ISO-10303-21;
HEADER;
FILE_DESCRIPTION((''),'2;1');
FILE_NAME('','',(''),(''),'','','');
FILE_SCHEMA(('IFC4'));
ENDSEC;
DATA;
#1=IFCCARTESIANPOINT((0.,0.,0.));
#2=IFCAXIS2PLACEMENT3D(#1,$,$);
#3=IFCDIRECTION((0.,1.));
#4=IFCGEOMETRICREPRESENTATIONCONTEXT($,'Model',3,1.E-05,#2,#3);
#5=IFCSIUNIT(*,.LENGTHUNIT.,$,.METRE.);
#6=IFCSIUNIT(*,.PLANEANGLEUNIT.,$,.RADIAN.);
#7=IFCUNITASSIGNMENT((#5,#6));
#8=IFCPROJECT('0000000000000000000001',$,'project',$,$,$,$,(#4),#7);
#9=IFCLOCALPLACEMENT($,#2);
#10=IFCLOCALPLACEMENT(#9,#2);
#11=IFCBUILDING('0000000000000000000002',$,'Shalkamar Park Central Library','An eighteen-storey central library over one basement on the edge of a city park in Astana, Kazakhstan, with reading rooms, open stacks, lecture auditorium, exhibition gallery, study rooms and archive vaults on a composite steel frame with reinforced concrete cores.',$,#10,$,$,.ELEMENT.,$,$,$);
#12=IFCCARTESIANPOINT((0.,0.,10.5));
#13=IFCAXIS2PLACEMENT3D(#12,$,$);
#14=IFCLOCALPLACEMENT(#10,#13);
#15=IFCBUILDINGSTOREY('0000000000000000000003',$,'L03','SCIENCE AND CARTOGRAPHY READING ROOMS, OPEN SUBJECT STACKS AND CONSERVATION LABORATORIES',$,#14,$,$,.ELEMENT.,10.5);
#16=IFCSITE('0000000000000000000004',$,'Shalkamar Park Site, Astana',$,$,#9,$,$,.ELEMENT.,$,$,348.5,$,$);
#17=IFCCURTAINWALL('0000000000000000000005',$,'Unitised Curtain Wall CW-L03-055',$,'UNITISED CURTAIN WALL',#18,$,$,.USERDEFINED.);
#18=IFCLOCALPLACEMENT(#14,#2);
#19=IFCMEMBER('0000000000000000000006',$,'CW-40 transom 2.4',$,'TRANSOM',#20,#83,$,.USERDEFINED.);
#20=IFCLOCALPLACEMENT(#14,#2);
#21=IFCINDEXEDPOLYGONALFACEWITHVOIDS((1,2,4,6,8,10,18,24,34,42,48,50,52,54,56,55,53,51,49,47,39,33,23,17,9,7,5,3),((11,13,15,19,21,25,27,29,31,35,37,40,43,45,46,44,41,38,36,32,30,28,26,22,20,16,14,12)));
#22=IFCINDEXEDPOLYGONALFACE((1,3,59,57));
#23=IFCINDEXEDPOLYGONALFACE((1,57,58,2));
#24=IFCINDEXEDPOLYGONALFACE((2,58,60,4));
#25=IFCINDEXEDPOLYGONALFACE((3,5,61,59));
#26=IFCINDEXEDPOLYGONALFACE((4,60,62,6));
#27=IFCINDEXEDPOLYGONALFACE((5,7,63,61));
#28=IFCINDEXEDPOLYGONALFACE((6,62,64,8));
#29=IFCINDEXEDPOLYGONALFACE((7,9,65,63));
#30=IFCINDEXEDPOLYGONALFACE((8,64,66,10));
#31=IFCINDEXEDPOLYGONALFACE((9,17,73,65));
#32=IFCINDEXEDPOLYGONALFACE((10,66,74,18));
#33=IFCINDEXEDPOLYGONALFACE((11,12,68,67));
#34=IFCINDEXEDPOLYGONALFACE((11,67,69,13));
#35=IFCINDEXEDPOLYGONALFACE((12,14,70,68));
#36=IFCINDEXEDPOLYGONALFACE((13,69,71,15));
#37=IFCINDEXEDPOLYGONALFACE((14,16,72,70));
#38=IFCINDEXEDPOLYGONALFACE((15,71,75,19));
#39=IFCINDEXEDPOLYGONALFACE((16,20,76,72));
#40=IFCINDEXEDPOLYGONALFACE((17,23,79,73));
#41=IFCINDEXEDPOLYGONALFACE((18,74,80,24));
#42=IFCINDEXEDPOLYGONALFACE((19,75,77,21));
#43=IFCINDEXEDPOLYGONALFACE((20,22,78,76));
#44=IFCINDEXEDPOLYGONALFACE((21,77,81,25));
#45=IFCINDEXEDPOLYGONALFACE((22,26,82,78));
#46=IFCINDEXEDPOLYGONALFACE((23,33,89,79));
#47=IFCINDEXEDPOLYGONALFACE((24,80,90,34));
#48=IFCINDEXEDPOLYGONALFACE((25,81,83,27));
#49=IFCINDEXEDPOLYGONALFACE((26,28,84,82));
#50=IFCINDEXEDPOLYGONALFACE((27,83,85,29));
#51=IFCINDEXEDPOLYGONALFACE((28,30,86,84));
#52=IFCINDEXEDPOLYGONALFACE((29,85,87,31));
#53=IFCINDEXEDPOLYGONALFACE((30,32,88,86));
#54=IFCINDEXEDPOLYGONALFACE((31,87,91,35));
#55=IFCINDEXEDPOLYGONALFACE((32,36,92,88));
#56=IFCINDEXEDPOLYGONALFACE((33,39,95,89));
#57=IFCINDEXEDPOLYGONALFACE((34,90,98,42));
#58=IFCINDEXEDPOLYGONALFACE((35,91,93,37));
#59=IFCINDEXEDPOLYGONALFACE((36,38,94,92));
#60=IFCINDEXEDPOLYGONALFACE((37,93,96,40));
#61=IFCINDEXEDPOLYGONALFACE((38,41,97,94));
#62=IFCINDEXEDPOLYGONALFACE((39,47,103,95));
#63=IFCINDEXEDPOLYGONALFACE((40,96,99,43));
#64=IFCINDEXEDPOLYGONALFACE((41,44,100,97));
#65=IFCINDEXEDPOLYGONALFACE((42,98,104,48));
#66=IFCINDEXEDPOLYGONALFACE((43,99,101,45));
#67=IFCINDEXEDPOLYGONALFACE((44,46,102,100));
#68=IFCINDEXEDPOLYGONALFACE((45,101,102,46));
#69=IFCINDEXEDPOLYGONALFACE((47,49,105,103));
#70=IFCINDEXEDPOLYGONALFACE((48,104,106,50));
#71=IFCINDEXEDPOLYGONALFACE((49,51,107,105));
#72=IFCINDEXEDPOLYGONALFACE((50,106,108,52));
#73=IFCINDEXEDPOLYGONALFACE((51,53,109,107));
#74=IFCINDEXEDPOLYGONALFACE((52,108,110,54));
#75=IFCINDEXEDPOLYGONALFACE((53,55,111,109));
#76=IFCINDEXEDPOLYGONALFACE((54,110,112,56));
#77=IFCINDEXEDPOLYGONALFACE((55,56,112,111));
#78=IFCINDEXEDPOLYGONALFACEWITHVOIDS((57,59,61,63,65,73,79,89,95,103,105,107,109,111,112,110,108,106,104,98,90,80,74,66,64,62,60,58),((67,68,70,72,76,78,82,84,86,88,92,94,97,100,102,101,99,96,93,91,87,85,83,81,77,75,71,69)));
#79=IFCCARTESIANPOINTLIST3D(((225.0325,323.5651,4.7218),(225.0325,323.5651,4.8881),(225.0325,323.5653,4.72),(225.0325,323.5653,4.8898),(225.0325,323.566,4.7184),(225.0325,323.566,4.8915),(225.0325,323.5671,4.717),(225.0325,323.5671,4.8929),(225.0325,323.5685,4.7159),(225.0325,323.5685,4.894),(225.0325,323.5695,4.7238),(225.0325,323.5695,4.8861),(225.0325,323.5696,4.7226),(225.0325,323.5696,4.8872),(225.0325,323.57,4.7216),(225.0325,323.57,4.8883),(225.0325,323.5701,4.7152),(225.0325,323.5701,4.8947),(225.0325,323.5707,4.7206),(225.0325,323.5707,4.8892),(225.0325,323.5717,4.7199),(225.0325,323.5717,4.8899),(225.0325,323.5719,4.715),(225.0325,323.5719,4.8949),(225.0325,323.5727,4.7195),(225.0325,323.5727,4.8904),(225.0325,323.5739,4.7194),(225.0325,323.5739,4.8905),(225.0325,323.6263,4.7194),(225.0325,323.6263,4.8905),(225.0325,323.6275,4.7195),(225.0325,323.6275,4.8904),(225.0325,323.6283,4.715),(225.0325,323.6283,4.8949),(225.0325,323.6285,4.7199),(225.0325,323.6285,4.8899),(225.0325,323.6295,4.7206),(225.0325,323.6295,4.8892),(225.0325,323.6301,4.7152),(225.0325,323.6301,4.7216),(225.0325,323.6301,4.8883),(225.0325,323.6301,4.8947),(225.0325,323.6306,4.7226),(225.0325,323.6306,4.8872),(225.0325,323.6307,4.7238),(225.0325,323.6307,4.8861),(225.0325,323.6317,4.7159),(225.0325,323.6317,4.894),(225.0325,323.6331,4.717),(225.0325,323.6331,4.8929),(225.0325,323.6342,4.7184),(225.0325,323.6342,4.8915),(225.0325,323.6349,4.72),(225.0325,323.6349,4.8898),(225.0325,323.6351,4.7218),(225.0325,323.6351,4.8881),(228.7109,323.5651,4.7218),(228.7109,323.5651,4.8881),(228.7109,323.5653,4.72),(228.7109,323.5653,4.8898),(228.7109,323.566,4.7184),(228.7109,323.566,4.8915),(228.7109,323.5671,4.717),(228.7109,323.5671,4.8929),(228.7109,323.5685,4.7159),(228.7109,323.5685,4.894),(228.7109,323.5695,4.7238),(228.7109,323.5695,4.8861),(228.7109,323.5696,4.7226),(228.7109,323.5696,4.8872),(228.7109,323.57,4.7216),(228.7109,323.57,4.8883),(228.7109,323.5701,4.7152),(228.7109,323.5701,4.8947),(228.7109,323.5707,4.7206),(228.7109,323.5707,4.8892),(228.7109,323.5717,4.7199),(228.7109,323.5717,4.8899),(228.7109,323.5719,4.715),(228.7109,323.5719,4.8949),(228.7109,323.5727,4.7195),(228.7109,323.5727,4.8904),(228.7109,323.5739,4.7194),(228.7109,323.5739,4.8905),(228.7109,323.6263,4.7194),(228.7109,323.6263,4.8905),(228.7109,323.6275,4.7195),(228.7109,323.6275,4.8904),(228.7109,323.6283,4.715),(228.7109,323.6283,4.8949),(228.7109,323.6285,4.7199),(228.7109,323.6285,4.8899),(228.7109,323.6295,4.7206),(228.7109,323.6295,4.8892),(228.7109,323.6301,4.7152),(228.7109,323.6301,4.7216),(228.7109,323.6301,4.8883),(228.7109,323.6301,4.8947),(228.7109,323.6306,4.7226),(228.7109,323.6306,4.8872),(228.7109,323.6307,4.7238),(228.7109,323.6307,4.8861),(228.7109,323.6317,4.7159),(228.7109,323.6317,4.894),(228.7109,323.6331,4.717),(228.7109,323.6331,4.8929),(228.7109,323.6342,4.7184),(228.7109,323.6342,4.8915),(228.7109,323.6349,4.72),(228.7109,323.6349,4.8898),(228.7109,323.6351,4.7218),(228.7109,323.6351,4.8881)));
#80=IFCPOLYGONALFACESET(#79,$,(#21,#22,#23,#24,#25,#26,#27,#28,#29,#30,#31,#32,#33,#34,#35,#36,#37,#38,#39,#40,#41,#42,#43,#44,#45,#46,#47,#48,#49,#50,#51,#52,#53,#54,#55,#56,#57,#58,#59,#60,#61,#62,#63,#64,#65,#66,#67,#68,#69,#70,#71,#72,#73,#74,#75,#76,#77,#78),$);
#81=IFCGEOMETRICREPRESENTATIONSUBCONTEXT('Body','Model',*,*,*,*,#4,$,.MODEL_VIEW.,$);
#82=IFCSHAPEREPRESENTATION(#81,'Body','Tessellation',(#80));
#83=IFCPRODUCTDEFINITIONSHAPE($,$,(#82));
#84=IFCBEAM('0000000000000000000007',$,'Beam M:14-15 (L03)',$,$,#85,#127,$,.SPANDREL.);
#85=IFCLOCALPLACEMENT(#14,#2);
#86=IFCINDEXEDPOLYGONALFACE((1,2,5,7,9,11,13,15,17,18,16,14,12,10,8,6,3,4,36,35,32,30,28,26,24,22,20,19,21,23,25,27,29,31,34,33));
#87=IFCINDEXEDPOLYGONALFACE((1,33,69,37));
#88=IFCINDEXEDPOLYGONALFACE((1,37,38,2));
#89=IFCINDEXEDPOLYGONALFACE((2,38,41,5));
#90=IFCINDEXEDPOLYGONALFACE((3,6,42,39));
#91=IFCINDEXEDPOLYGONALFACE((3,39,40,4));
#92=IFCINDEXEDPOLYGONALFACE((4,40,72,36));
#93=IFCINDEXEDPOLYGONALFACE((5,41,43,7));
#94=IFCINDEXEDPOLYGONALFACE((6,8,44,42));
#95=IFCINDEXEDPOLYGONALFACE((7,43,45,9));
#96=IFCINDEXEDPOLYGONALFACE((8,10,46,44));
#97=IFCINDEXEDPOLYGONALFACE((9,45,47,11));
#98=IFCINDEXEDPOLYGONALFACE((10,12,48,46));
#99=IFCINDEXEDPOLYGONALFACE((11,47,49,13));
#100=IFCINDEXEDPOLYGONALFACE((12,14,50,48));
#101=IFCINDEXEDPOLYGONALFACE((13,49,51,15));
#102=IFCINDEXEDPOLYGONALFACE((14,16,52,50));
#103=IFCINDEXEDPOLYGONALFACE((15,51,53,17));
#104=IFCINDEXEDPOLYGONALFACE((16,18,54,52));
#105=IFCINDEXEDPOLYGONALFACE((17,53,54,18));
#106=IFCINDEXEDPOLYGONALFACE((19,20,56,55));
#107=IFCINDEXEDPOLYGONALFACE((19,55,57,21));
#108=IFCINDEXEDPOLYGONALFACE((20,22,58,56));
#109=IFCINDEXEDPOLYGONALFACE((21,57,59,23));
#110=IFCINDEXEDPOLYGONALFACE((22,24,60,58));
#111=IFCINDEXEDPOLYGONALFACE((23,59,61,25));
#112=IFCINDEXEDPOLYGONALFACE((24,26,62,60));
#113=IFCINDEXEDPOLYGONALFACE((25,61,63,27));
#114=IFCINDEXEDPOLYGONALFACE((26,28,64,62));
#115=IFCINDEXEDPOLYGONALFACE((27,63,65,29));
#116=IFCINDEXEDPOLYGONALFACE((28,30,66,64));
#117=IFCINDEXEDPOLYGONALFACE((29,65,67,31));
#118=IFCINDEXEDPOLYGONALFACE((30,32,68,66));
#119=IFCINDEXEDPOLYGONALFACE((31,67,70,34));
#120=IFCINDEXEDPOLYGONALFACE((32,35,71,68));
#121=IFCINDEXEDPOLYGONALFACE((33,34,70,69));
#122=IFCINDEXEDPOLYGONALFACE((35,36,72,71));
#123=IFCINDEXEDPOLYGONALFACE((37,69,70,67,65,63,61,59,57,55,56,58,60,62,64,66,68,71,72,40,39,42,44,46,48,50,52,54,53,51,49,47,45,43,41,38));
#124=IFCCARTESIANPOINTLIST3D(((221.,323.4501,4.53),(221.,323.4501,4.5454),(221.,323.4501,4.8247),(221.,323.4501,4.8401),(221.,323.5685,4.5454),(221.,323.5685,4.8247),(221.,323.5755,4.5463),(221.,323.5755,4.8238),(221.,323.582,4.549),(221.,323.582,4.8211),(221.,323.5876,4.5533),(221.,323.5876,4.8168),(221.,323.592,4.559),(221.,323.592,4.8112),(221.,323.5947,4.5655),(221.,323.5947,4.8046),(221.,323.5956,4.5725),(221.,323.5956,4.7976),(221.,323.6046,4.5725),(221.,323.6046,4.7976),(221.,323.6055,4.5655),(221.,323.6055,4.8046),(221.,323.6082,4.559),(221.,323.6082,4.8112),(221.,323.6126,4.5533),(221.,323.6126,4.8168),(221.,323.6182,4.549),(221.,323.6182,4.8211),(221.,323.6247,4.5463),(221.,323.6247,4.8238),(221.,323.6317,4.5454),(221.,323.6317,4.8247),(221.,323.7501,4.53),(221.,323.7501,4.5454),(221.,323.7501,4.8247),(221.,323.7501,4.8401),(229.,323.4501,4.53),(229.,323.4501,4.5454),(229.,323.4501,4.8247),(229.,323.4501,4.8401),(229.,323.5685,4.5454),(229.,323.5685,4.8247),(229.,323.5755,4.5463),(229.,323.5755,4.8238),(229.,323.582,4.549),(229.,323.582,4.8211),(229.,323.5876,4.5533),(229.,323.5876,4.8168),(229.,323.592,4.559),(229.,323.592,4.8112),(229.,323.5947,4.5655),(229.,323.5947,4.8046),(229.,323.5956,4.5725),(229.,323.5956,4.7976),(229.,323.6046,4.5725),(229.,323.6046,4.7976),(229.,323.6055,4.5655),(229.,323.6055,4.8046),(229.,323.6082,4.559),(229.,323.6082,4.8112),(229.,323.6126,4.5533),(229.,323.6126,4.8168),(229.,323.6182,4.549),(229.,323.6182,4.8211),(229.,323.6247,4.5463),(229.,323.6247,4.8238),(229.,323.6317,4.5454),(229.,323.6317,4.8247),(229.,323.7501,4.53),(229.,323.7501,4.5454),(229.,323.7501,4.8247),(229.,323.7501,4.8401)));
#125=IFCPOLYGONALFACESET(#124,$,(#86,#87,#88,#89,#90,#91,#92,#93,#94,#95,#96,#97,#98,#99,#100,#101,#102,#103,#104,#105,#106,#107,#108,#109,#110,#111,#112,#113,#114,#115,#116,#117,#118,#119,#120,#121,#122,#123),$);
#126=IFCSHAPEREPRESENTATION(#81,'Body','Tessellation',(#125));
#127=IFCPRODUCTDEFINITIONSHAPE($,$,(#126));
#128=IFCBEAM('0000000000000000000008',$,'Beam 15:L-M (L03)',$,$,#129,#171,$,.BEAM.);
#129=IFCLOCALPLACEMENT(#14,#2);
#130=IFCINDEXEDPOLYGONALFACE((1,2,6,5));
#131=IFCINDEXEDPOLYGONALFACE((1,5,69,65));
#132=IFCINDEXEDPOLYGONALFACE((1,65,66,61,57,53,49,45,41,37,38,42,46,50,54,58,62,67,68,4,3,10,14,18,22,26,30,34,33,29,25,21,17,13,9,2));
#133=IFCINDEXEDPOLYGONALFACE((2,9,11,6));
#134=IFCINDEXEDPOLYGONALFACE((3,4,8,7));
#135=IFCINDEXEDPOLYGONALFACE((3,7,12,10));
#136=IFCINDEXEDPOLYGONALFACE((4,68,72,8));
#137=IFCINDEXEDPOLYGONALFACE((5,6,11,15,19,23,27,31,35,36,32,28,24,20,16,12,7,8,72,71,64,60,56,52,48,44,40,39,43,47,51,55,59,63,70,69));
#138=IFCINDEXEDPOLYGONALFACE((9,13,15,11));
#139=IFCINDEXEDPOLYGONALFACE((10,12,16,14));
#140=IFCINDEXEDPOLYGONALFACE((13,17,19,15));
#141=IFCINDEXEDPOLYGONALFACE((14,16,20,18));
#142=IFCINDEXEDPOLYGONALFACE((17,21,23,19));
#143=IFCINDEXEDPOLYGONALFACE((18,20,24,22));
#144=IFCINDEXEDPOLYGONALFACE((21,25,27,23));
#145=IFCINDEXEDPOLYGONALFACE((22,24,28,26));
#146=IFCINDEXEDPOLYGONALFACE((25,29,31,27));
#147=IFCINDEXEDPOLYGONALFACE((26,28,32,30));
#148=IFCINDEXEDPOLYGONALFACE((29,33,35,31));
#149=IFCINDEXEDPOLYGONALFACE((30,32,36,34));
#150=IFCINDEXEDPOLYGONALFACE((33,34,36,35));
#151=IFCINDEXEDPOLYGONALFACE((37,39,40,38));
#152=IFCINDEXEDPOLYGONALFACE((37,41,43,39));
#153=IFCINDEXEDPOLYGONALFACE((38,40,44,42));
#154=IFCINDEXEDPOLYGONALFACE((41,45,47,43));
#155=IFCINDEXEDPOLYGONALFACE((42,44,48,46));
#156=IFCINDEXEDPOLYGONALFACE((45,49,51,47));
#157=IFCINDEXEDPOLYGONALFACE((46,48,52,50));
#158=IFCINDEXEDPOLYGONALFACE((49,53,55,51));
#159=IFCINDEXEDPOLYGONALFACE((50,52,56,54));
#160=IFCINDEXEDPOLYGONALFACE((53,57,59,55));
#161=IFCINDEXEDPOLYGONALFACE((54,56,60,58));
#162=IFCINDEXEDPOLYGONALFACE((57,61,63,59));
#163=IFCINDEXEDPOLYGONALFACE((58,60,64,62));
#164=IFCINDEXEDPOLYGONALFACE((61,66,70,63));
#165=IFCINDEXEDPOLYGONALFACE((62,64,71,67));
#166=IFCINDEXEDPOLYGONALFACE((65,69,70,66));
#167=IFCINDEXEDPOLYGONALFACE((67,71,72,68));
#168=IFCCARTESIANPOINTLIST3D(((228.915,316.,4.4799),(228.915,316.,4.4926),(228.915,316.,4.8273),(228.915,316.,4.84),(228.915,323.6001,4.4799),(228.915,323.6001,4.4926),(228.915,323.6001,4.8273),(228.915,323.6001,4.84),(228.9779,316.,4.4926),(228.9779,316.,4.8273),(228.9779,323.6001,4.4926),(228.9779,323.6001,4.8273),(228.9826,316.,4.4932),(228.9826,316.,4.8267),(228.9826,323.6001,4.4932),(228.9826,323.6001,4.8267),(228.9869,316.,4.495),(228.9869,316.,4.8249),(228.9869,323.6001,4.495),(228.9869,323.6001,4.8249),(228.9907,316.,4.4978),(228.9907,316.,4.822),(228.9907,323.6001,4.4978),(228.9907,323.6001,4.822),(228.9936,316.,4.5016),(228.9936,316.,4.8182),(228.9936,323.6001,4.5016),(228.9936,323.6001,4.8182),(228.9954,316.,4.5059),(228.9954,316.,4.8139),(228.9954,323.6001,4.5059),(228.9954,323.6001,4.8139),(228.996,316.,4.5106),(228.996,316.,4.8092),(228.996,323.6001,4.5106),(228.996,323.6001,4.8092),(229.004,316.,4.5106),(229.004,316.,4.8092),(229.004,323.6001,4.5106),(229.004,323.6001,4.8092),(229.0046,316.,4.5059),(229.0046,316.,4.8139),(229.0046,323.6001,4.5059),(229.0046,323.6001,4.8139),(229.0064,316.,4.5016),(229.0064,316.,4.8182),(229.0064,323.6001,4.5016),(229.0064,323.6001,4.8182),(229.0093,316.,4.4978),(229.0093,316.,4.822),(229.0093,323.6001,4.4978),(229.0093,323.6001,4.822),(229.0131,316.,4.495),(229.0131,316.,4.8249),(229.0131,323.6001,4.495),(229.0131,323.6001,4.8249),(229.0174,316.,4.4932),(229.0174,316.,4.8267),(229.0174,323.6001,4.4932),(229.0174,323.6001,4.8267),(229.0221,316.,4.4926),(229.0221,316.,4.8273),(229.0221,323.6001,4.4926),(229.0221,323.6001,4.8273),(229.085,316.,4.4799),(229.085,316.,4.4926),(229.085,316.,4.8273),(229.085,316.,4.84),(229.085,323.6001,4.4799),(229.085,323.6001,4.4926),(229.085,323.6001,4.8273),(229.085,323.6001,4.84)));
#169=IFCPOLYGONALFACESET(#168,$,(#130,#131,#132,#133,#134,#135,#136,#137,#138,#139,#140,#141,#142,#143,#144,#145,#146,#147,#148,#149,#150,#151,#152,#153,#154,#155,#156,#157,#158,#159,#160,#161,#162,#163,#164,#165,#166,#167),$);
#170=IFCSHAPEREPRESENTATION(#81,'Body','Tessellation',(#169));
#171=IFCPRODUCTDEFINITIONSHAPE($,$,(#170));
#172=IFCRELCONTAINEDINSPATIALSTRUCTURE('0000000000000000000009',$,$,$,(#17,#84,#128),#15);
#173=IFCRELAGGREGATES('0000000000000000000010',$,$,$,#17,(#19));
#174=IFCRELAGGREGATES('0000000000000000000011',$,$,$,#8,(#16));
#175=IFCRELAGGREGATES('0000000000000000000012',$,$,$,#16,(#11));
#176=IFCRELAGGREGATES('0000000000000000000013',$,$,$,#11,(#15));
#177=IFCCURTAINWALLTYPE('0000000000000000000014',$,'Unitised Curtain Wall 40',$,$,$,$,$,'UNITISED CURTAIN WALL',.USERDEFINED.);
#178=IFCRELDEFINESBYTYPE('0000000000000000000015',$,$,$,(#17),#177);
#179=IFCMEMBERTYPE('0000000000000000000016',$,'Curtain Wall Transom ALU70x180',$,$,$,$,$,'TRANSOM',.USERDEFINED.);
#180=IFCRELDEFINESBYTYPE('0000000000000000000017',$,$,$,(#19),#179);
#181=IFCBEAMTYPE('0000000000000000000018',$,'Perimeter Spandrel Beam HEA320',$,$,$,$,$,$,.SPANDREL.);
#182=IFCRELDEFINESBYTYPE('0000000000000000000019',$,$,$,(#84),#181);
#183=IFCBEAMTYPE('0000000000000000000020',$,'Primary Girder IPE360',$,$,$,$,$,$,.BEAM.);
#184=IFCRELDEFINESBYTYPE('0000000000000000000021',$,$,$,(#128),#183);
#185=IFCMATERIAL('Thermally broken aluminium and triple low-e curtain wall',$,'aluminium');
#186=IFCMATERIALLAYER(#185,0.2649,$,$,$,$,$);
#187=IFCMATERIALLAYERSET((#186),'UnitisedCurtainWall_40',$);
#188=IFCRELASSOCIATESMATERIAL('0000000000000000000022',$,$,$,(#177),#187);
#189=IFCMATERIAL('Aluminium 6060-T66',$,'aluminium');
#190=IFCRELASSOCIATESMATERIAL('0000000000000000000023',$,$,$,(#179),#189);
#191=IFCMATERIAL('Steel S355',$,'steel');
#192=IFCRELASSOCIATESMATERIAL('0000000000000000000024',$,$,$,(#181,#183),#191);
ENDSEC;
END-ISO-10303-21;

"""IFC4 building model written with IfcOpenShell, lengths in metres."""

from ifc_helpers import new_model, si_unit, direction, frame, origin, origin_2d, place, context, subcontext, project, spatial, hollow_rectangle, i_section, extrude, material, layer, layer_set, material_profile, profile_set, type_object, element, aggregate, save


model = new_model("IFC4")

# Units and contexts
model_context = context("Model", 3, precision=1e-05, world=origin(), true_north=direction((0.0, 1.0)))
body_context = subcontext(model_context, "Body", "Model", "MODEL_VIEW")
ifc_project = project(units=[si_unit("LENGTHUNIT", "METRE"), si_unit("PLANEANGLEUNIT", "RADIAN")], contexts=[model_context])

# Site, building, storey
site_placement = place(None, origin())
site = spatial("IfcSite", under=ifc_project, at=site_placement, Name="Shalkamar Park Site, Astana", CompositionType="ELEMENT", RefElevation=348.5)
building_placement = place(site_placement, origin())
building = spatial("IfcBuilding", under=site, at=building_placement, Name="Shalkamar Park Central Library", Description="An eighteen-storey central library over one basement on the edge of a city park in Astana, Kazakhstan, with reading rooms, open stacks, lecture auditorium, exhibition gallery, study rooms and archive vaults on a composite steel frame with reinforced concrete cores.", CompositionType="ELEMENT")
storey_placement = place(building_placement, frame((0.0, 0.0, 10.5)))
storey = spatial("IfcBuildingStorey", under=building, at=storey_placement, Name="L03", Description="SCIENCE AND CARTOGRAPHY READING ROOMS, OPEN SUBJECT STACKS AND CONSERVATION LABORATORIES", CompositionType="ELEMENT", Elevation=10.5)

# Shared definitions
ifc_material_1 = material(Name="Steel S355", Category="steel")

# Curtain wall, member
ifc_material_2 = material(Name="Thermally broken aluminium and triple low-e curtain wall", Category="aluminium")
ifc_layer_1 = layer(ifc_material_2, 0.2649)
ifc_layer_set_1 = layer_set([ifc_layer_1], Name="UnitisedCurtainWall_40")
curtain_wall_type = type_object("IfcCurtainWallType", Name="Unitised Curtain Wall 40", ElementType="UNITISED CURTAIN WALL", PredefinedType="USERDEFINED", material=ifc_layer_set_1)
curtain_wall_placement = place(storey_placement, origin())
curtain_wall = element("IfcCurtainWall", 1, at=curtain_wall_placement, inside=storey, type_object=curtain_wall_type, Name="Unitised Curtain Wall CW-L03-055", ObjectType="UNITISED CURTAIN WALL", PredefinedType="USERDEFINED")
ifc_material_3 = material(Name="Aluminium 6060-T66", Category="aluminium")
ifc_material_profile_1 = material_profile(ifc_material_3, hollow_rectangle(XDim=0.0701, YDim=0.1799, WallThickness=0.0044, InnerFilletRadius=0.0044, OuterFilletRadius=0.0068, at=origin_2d()), Name="ALU 70x180x4.5")
ifc_profile_set_1 = profile_set([ifc_material_profile_1], Name="Aluminium 6060-T66")
member_type_1 = type_object("IfcMemberType", Name="Curtain Wall Transom ALU70x180", ElementType="TRANSOM", PredefinedType="USERDEFINED", material=ifc_profile_set_1)
member_1_placement = place(storey_placement, frame((225.0325, 323.6001, 4.8049), z_axis=(1.0, 0.0, 0.0), x_axis=(0.0, 1.0, 0.0)))
member_1 = element("IfcMember", 2, at=member_1_placement, type_object=member_type_1, Name="CW-40 transom 2.4", ObjectType="TRANSOM", PredefinedType="USERDEFINED", context=body_context, shape_type="SweptSolid", body=[
    extrude(hollow_rectangle(XDim=0.0701, YDim=0.1799, WallThickness=0.0044, InnerFilletRadius=0.0044, OuterFilletRadius=0.0068, at=origin_2d()), origin(), (0.0, 0.0, 1.0), 3.6785),
])

# Beams
ifc_material_profile_2 = material_profile(ifc_material_1, i_section(OverallWidth=0.3, OverallDepth=0.3101, WebThickness=0.009, FlangeThickness=0.0154, FilletRadius=0.0271, at=origin_2d()), Name="HEA 320")
ifc_profile_set_2 = profile_set([ifc_material_profile_2], Name="Steel S355")
beam_type_1 = type_object("IfcBeamType", Name="Perimeter Spandrel Beam HEA320", PredefinedType="SPANDREL", material=ifc_profile_set_2)
beam_1_placement = place(storey_placement, frame((221.0, 323.6001, 4.6851), z_axis=(1.0, 0.0, 0.0), x_axis=(0.0, 1.0, 0.0)))
element("IfcBeam", 3, at=beam_1_placement, inside=storey, type_object=beam_type_1, Name="Beam M:14-15 (L03)", PredefinedType="SPANDREL", context=body_context, shape_type="SweptSolid", body=[
    extrude(i_section(OverallWidth=0.3, OverallDepth=0.3101, WebThickness=0.009, FlangeThickness=0.0154, FilletRadius=0.0271, at=origin_2d()), origin(), (0.0, 0.0, 1.0), 8.0),
])
ifc_material_profile_3 = material_profile(ifc_material_1, i_section(OverallWidth=0.1699, OverallDepth=0.3601, WebThickness=0.0081, FlangeThickness=0.0127, FilletRadius=0.0181, at=origin_2d()), Name="IPE 360")
ifc_profile_set_3 = profile_set([ifc_material_profile_3], Name="Steel S355")
beam_type_2 = type_object("IfcBeamType", Name="Primary Girder IPE360", PredefinedType="BEAM", material=ifc_profile_set_3)
beam_2_placement = place(storey_placement, frame((229.0, 316.0, 4.6599), z_axis=(0.0, 1.0, 0.0), x_axis=(-1.0, 0.0, 0.0)))
element("IfcBeam", 4, at=beam_2_placement, inside=storey, type_object=beam_type_2, Name="Beam 15:L-M (L03)", PredefinedType="BEAM", context=body_context, shape_type="SweptSolid", body=[
    extrude(i_section(OverallWidth=0.1699, OverallDepth=0.3601, WebThickness=0.0081, FlangeThickness=0.0127, FilletRadius=0.0181, at=origin_2d()), origin(), (0.0, 0.0, 1.0), 7.6001),
])

aggregate(curtain_wall, [member_1])

save(model, "model.ifc")
